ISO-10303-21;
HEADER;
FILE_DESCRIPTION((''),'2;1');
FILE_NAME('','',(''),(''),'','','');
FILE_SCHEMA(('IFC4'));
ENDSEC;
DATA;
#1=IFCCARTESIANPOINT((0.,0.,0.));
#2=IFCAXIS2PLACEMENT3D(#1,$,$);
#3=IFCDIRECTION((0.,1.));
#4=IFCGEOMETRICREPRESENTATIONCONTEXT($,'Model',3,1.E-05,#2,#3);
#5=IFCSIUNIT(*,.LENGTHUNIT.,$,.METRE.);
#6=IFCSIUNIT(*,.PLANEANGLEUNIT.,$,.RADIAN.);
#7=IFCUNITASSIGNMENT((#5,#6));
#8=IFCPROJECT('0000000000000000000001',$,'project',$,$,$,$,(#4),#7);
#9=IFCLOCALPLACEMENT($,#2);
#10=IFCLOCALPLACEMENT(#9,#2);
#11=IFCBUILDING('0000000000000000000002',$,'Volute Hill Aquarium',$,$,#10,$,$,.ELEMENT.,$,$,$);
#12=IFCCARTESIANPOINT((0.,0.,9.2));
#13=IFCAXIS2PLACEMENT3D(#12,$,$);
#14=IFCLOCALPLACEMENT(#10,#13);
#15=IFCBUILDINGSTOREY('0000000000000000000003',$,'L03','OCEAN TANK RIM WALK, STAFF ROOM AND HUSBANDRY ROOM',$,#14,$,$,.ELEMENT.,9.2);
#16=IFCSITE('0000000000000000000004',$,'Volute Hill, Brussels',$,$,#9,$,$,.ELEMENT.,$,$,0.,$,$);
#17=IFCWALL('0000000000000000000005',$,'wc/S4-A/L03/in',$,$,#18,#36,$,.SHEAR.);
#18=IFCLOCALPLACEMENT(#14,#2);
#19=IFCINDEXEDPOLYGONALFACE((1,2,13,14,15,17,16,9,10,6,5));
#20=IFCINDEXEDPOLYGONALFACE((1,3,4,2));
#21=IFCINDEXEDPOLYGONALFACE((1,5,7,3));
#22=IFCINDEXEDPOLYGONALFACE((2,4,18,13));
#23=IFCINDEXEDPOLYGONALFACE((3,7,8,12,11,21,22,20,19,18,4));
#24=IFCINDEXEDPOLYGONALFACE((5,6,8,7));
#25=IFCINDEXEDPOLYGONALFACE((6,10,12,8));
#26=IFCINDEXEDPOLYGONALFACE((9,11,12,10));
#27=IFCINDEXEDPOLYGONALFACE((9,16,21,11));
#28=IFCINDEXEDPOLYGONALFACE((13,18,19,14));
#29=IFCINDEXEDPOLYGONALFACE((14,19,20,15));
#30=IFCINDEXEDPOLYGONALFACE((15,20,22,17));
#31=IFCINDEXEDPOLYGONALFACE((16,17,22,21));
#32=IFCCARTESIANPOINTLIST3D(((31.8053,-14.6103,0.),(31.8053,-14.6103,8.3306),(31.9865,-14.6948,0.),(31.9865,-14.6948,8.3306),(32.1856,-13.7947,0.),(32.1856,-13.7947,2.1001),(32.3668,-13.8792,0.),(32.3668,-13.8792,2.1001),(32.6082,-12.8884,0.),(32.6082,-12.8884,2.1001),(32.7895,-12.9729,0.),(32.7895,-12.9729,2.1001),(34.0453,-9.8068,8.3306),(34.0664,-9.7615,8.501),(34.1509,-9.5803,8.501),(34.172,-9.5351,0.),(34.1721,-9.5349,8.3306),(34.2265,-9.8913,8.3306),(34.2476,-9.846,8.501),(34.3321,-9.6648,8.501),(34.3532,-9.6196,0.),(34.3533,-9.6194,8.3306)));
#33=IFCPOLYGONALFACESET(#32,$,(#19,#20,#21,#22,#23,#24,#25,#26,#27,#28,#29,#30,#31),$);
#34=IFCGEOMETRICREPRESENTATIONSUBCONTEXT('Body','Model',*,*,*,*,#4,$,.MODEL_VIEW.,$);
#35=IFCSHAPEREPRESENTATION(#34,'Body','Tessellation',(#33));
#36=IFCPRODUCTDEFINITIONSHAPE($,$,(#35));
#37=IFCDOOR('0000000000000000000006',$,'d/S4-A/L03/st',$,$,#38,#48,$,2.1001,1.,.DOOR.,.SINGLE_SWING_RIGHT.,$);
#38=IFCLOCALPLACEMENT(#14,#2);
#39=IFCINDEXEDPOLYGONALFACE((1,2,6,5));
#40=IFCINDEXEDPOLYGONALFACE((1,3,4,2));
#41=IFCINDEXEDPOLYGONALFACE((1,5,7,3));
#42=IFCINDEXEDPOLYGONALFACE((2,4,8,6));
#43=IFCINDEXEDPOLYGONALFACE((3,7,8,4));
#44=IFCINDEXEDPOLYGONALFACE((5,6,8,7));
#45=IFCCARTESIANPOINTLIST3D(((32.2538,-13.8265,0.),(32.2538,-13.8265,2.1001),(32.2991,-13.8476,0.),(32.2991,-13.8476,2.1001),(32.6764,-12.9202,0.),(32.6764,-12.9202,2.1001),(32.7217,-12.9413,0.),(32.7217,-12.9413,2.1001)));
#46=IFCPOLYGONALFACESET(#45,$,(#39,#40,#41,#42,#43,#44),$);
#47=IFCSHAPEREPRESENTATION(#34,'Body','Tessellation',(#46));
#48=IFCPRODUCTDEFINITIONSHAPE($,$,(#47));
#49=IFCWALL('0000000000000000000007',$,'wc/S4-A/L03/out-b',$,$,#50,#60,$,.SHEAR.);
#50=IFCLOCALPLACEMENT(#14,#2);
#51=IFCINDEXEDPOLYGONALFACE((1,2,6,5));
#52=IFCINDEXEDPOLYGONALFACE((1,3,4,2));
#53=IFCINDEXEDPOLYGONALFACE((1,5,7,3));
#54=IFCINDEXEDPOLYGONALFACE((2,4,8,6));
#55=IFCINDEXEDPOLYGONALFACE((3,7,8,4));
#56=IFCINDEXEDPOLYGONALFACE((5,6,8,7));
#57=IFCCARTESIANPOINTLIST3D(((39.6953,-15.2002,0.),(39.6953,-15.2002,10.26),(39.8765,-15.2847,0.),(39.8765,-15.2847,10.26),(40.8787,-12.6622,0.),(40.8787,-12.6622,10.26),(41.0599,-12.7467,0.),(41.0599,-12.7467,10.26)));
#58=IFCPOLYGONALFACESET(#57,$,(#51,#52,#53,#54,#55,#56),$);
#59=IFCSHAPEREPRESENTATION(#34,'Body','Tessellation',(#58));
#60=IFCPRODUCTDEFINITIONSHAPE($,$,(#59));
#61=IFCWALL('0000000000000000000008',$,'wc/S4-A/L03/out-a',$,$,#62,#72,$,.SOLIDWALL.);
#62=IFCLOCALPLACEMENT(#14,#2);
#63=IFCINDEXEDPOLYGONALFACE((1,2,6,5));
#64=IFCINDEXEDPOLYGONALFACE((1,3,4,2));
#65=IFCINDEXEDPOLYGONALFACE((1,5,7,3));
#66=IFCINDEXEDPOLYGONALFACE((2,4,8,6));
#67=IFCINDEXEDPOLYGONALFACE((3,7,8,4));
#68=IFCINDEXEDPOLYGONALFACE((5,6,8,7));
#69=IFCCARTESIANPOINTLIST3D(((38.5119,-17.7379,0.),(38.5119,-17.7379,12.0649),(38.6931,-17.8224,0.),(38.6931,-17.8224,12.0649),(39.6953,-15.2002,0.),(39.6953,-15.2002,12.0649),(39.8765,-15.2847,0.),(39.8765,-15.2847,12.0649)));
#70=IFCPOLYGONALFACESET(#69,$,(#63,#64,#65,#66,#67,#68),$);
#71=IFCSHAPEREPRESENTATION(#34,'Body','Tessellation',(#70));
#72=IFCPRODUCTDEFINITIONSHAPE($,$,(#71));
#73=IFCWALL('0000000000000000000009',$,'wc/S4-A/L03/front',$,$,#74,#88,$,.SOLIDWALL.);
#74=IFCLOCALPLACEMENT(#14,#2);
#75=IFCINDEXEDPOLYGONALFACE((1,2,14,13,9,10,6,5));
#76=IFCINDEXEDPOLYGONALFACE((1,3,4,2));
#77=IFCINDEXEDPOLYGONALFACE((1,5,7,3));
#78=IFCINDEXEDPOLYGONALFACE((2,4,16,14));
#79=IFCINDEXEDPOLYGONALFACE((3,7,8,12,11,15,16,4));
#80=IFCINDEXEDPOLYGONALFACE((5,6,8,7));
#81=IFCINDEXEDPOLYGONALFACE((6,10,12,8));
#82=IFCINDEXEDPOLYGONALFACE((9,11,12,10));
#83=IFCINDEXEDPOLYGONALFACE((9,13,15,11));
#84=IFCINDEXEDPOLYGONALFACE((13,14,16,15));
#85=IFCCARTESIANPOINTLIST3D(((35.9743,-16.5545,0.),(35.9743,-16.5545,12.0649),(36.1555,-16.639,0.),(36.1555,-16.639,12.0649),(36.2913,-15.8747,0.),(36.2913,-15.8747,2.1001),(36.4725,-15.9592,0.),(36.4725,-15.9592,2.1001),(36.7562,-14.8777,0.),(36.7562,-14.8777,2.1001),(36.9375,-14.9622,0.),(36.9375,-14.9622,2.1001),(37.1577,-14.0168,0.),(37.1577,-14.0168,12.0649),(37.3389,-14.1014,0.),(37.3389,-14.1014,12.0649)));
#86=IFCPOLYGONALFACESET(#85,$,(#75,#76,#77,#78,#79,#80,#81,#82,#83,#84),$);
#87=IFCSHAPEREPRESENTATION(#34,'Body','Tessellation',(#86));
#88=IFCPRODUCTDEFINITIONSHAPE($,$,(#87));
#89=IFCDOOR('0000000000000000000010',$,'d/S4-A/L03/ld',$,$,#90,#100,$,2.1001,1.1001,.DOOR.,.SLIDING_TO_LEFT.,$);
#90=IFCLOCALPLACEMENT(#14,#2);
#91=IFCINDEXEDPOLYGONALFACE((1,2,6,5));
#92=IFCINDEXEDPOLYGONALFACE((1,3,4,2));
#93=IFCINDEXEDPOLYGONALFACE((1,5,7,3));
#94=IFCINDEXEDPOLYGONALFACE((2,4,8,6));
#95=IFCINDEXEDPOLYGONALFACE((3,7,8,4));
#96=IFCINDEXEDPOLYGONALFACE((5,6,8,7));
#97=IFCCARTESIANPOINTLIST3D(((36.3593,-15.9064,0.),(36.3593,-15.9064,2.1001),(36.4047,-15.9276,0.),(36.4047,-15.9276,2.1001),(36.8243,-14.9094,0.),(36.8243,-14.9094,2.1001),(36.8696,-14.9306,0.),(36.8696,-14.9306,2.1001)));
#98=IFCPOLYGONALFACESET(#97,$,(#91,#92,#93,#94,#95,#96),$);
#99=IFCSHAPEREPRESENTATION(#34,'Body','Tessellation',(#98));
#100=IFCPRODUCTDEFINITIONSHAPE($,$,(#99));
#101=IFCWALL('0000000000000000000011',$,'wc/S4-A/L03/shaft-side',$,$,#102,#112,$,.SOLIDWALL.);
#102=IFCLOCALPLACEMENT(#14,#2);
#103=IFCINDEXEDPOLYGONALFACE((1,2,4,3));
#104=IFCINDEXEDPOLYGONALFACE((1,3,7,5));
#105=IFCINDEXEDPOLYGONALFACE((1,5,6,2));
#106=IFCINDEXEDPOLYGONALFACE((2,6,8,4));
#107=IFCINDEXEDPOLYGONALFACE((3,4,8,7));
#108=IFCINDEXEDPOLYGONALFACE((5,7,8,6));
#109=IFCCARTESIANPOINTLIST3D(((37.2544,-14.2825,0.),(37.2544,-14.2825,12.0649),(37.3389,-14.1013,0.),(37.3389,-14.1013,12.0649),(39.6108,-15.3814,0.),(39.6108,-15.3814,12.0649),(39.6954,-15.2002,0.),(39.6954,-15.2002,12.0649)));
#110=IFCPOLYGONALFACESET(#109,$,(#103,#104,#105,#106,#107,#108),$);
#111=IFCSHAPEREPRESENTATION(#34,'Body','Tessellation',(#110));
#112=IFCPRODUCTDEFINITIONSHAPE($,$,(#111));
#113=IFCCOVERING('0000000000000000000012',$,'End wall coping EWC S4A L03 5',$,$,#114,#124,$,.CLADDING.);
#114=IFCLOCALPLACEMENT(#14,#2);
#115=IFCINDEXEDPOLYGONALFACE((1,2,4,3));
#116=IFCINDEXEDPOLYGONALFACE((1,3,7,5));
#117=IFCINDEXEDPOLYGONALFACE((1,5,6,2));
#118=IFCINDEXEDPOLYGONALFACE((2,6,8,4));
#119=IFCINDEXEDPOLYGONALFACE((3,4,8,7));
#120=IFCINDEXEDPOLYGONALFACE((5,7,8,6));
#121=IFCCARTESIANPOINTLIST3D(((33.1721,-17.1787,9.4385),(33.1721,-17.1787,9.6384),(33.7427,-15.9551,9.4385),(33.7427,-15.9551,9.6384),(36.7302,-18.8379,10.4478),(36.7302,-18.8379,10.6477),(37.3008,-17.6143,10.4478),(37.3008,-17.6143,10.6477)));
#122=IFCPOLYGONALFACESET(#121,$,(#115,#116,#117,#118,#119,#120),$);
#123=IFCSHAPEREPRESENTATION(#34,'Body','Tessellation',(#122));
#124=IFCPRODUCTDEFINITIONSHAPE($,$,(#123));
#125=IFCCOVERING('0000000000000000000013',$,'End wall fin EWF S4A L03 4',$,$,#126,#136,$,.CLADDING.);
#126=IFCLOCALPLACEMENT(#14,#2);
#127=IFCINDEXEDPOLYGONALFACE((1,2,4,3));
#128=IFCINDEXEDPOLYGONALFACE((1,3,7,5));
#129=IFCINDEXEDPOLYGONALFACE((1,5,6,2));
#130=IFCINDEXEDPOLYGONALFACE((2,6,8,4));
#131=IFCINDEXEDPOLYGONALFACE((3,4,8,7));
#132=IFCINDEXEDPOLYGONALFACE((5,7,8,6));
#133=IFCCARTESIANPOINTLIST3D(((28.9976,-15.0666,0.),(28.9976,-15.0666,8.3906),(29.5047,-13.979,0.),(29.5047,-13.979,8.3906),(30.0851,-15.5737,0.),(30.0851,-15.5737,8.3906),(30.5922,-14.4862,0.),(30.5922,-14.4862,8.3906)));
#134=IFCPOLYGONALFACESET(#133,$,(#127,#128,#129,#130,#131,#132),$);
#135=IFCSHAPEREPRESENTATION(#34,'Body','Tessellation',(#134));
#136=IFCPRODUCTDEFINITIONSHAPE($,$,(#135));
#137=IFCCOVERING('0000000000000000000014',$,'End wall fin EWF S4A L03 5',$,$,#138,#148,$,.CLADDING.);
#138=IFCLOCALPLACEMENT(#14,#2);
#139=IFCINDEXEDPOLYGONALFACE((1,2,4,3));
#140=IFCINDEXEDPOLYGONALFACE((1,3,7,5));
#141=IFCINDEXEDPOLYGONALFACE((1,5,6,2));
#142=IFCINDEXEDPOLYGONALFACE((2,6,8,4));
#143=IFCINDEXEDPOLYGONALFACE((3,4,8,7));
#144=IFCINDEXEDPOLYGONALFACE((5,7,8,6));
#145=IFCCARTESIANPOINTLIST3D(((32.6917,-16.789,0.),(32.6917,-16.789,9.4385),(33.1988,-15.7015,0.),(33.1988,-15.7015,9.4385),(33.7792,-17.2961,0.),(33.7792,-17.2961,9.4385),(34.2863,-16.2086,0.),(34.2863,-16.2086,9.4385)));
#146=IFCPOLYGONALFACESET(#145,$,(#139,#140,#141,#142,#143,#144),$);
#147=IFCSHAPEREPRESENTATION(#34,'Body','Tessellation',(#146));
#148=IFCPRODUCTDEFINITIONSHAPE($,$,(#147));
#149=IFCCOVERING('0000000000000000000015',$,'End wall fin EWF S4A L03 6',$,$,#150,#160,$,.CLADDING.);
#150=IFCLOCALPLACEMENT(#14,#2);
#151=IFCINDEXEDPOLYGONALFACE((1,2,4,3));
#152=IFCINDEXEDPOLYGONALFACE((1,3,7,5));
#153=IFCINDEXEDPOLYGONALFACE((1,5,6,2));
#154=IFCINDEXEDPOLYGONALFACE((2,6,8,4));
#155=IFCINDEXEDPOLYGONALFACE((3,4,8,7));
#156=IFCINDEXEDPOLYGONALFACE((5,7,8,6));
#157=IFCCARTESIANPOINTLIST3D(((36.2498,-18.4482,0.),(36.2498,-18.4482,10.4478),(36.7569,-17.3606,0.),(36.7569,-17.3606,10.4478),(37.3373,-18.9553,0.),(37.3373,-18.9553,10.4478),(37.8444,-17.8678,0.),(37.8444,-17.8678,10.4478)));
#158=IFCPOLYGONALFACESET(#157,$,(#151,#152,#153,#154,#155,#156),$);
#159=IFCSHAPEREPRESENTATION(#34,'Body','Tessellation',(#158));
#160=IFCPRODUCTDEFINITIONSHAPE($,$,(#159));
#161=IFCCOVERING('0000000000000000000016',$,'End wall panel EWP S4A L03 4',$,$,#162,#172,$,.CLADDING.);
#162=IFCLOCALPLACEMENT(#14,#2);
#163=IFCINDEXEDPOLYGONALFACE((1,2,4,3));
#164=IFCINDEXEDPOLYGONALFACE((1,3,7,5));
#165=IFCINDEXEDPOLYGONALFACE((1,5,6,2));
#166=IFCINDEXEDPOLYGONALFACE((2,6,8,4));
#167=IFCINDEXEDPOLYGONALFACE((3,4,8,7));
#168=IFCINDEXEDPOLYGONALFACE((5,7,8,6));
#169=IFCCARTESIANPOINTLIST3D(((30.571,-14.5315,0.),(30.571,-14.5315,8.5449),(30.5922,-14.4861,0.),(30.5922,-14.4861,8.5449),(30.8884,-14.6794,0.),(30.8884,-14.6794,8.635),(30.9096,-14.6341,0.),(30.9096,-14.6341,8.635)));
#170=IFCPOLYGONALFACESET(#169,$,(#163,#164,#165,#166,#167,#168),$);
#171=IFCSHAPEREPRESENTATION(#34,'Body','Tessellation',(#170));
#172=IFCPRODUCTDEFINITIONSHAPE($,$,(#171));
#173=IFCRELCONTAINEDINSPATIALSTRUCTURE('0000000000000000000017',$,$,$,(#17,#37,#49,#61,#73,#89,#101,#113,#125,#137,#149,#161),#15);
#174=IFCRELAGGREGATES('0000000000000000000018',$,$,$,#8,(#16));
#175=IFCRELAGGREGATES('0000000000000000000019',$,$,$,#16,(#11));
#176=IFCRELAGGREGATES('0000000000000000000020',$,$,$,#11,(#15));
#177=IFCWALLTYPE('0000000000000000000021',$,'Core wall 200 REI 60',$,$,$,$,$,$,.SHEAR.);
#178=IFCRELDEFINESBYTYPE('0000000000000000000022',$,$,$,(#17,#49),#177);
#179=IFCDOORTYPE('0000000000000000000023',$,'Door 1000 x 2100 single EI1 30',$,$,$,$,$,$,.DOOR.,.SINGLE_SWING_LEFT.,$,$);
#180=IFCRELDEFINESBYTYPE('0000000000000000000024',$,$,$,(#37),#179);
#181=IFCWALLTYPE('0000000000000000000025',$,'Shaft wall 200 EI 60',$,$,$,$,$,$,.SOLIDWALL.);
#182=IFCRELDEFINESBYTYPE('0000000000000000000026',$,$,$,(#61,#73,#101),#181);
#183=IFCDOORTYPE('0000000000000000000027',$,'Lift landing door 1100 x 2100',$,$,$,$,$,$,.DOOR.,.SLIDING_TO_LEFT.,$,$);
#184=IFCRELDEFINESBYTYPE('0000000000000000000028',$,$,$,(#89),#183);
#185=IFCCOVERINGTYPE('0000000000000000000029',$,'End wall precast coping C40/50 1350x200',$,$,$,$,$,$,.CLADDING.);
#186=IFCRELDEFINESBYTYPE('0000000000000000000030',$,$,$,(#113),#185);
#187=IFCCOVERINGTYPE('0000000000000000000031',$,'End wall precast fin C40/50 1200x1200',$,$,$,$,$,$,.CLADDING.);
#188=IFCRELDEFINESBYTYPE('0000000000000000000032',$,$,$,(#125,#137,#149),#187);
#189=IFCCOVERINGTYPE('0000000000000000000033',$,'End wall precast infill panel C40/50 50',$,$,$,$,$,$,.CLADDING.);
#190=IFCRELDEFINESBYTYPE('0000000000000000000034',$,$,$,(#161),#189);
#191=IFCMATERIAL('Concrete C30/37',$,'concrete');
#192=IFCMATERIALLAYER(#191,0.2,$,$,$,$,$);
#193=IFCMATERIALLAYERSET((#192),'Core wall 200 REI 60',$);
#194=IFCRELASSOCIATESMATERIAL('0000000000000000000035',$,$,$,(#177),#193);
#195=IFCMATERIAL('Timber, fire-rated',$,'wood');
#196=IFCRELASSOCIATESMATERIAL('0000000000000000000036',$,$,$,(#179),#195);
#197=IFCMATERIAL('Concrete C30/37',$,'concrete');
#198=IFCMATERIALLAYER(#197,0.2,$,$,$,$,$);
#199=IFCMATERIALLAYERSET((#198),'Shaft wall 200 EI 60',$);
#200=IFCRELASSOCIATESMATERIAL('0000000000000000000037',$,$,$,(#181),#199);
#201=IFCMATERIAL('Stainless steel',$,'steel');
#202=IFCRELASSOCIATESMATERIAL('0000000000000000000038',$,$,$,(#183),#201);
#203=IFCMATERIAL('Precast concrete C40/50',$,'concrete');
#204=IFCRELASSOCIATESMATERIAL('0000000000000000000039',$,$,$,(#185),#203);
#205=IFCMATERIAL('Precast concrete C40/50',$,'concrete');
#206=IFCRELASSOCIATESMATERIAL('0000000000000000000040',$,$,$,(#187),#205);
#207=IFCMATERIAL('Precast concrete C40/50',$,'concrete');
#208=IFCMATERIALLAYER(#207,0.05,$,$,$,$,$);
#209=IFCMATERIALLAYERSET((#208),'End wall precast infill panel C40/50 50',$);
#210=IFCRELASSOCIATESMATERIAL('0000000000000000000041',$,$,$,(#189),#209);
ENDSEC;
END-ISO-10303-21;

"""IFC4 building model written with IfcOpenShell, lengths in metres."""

from ifc_helpers import new_model, si_unit, direction, frame, frame_2d, origin, origin_2d, place, context, subcontext, project, spatial, polyline, rectangle, outline, extrude, material, layer, layer_set, type_object, element, fill, save


model = new_model("IFC4")

# Units and contexts
model_context = context("Model", 3, precision=1e-05, world=origin(), true_north=direction((0.0, 1.0)))
body_context = subcontext(model_context, "Body", "Model", "MODEL_VIEW")
ifc_project = project(units=[si_unit("LENGTHUNIT", "METRE"), si_unit("PLANEANGLEUNIT", "RADIAN")], contexts=[model_context])

# Site, building, storey
site_placement = place(None, origin())
site = spatial("IfcSite", under=ifc_project, at=site_placement, Name="Volute Hill, Brussels", CompositionType="ELEMENT", RefElevation=0.0)
building_placement = place(site_placement, origin())
building = spatial("IfcBuilding", under=site, at=building_placement, Name="Volute Hill Aquarium", CompositionType="ELEMENT")
storey_placement = place(building_placement, frame((0.0, 0.0, 9.2)))
storey = spatial("IfcBuildingStorey", under=building, at=storey_placement, Name="L03", Description="OCEAN TANK RIM WALK, STAFF ROOM AND HUSBANDRY ROOM", CompositionType="ELEMENT", Elevation=9.2)

# Wall, opening, door
ifc_material_1 = material(Name="Concrete C30/37", Category="concrete")
ifc_layer_1 = layer(ifc_material_1, 0.2)
ifc_layer_set_1 = layer_set([ifc_layer_1], Name="Core wall 200 REI 60")
wall_type_1 = type_object("IfcWallType", Name="Core wall 200 REI 60", PredefinedType="SHEAR", material=ifc_layer_set_1)
wall_1_placement = place(storey_placement, frame((31.896, -14.6526, 0.0), z_axis=(0.0, 0.0, 1.0), x_axis=(0.422632, 0.906301, 0.0)))
wall_1 = element("IfcWall", 1, at=wall_1_placement, inside=storey, type_object=wall_type_1, Name="wc/S4-A/L03/in", PredefinedType="SHEAR", context=body_context, shape_type="SweptSolid", body=[
    extrude(outline(polyline([(0.0, 0.0), (5.5999, 0.0), (5.6001, 8.3306), (5.55, 8.501), (5.3501, 8.501), (5.3, 8.3306), (0.0, 8.3306), (0.0, 0.0)])), frame((0.0, 0.1001, 0.0), z_axis=(0.0, -1.0, 0.0), x_axis=(1.0, 0.0, 0.0)), (0.0, 0.0, 1.0), 0.2),
])
opening_1_placement = place(wall_1_placement, frame((0.8999, 0.0, 0.0)))
opening_1 = element("IfcOpeningElement", 2, at=opening_1_placement, cuts=wall_1, PredefinedType="OPENING", context=body_context, shape_type="SweptSolid", body=[
    extrude(rectangle(XDim=1.0, YDim=2.1001, at=frame_2d((0.5, 1.05))), frame((0.0, 0.1099, 0.0), z_axis=(0.0, -1.0, 0.0), x_axis=(1.0, 0.0, 0.0)), (0.0, 0.0, 1.0), 0.22),
])
ifc_material_2 = material(Name="Timber, fire-rated", Category="wood")
door_type_1 = type_object("IfcDoorType", Name="Door 1000 x 2100 single EI1 30", OperationType="SINGLE_SWING_LEFT", PredefinedType="DOOR", material=ifc_material_2)
door_1_placement = place(opening_1_placement, origin())
door_1 = element("IfcDoor", 3, at=door_1_placement, inside=storey, type_object=door_type_1, Name="d/S4-A/L03/st", OperationType="SINGLE_SWING_RIGHT", OverallHeight=2.1001, OverallWidth=1.0, PredefinedType="DOOR", context=body_context, shape_type="SweptSolid", body=[
    extrude(rectangle(XDim=1.0, YDim=2.1001, at=frame_2d((0.5, 1.05))), frame((0.0, 0.0249, 0.0), z_axis=(0.0, -1.0, 0.0), x_axis=(1.0, 0.0, 0.0)), (0.0, 0.0, 1.0), 0.05),
])
fill(opening_1, door_1)

# Walls
wall_2_placement = place(storey_placement, frame((39.7859, -15.2424, 0.0), z_axis=(0.0, 0.0, 1.0), x_axis=(0.422599, 0.906317, 0.0)))
element("IfcWall", 4, at=wall_2_placement, inside=storey, type_object=wall_type_1, Name="wc/S4-A/L03/out-b", PredefinedType="SHEAR", context=body_context, shape_type="SweptSolid", body=[
    extrude(rectangle(XDim=2.8003, YDim=0.2, at=frame_2d((1.4001, 0.0))), origin(), (0.0, 0.0, 1.0), 10.26),
])
ifc_material_3 = material(Name="Concrete C30/37", Category="concrete")
ifc_layer_2 = layer(ifc_material_3, 0.2)
ifc_layer_set_2 = layer_set([ifc_layer_2], Name="Shaft wall 200 EI 60")
wall_type_2 = type_object("IfcWallType", Name="Shaft wall 200 EI 60", PredefinedType="SOLIDWALL", material=ifc_layer_set_2)
wall_3_placement = place(storey_placement, frame((38.6025, -17.78, 0.0), z_axis=(0.0, 0.0, 1.0), x_axis=(0.422632, 0.906301, 0.0)))
element("IfcWall", 5, at=wall_3_placement, inside=storey, type_object=wall_type_2, Name="wc/S4-A/L03/out-a", PredefinedType="SOLIDWALL", context=body_context, shape_type="SweptSolid", body=[
    extrude(rectangle(XDim=2.8, YDim=0.2, at=frame_2d((1.3999, 0.0))), origin(), (0.0, 0.0, 1.0), 12.0649),
])

# Wall, opening, door
wall_4_placement = place(storey_placement, frame((36.0649, -16.5967, 0.0), z_axis=(0.0, 0.0, 1.0), x_axis=(0.422632, 0.906301, 0.0)))
wall_4 = element("IfcWall", 6, at=wall_4_placement, inside=storey, type_object=wall_type_2, Name="wc/S4-A/L03/front", PredefinedType="SOLIDWALL", context=body_context, shape_type="SweptSolid", body=[
    extrude(rectangle(XDim=2.8, YDim=0.2, at=frame_2d((1.3999, 0.0))), origin(), (0.0, 0.0, 1.0), 12.0649),
])
opening_2_placement = place(wall_4_placement, frame((0.75, 0.0, 0.0)))
opening_2 = element("IfcOpeningElement", 7, at=opening_2_placement, cuts=wall_4, PredefinedType="OPENING", context=body_context, shape_type="SweptSolid", body=[
    extrude(rectangle(XDim=1.1001, YDim=2.1001, at=frame_2d((0.55, 1.05))), frame((0.0, 0.1099, 0.0), z_axis=(0.0, -1.0, 0.0), x_axis=(1.0, 0.0, 0.0)), (0.0, 0.0, 1.0), 0.22),
])
ifc_material_4 = material(Name="Stainless steel", Category="steel")
door_type_2 = type_object("IfcDoorType", Name="Lift landing door 1100 x 2100", OperationType="SLIDING_TO_LEFT", PredefinedType="DOOR", material=ifc_material_4)
door_2_placement = place(opening_2_placement, origin())
door_2 = element("IfcDoor", 8, at=door_2_placement, inside=storey, type_object=door_type_2, Name="d/S4-A/L03/ld", OperationType="SLIDING_TO_LEFT", OverallHeight=2.1001, OverallWidth=1.1001, PredefinedType="DOOR", context=body_context, shape_type="SweptSolid", body=[
    extrude(rectangle(XDim=1.1001, YDim=2.1001, at=frame_2d((0.55, 1.05))), frame((0.0, 0.0249, 0.0), z_axis=(0.0, -1.0, 0.0), x_axis=(1.0, 0.0, 0.0)), (0.0, 0.0, 1.0), 0.05),
])
fill(opening_2, door_2)

# Wall
wall_5_placement = place(storey_placement, frame((37.2966, -14.1919, 0.0), z_axis=(0.0, 0.0, 1.0), x_axis=(0.906301, -0.422634, 0.0)))
element("IfcWall", 9, at=wall_5_placement, inside=storey, type_object=wall_type_2, Name="wc/S4-A/L03/shaft-side", PredefinedType="SOLIDWALL", context=body_context, shape_type="SweptSolid", body=[
    extrude(rectangle(XDim=2.6001, YDim=0.2, at=frame_2d((1.3, 0.0))), origin(), (0.0, 0.0, 1.0), 12.0649),
])

# Coverings
ifc_material_5 = material(Name="Precast concrete C40/50", Category="concrete")
covering_type_1 = type_object("IfcCoveringType", Name="End wall precast coping C40/50 1350x200", PredefinedType="CLADDING", material=ifc_material_5)
covering_1_placement = place(storey_placement, frame((33.1721, -17.1787, 9.4385), z_axis=(-0.42262, -0.906307, 0.0), x_axis=(0.877765, -0.409311, 0.248983)))
element("IfcCovering", 10, at=covering_1_placement, inside=storey, type_object=covering_type_1, Name="End wall coping EWC S4A L03 5", PredefinedType="CLADDING", context=body_context, shape_type="SweptSolid", body=[
    extrude(outline(polyline([(0.0, 0.0), (4.0536, 0.0), (4.1034, 0.1937), (0.0498, 0.1937), (0.0, 0.0)])), origin(), (0.0, 0.0, -1.0), 1.3501),
])
ifc_material_6 = material(Name="Precast concrete C40/50", Category="concrete")
covering_type_2 = type_object("IfcCoveringType", Name="End wall precast fin C40/50 1200x1200", PredefinedType="CLADDING", material=ifc_material_6)
covering_2_placement = place(storey_placement, frame((29.7949, -14.7764, 0.0), z_axis=(0.0, 0.0, 1.0), x_axis=(0.906307, -0.42262, 0.0)))
element("IfcCovering", 11, at=covering_2_placement, inside=storey, type_object=covering_type_2, Name="End wall fin EWF S4A L03 4", PredefinedType="CLADDING", context=body_context, shape_type="SweptSolid", body=[
    extrude(rectangle(XDim=1.2, YDim=1.2, at=origin_2d()), origin(), (0.0, 0.0, 1.0), 8.3906),
])
covering_3_placement = place(storey_placement, frame((33.489, -16.4988, 0.0), z_axis=(0.0, 0.0, 1.0), x_axis=(0.906307, -0.42262, 0.0)))
element("IfcCovering", 12, at=covering_3_placement, inside=storey, type_object=covering_type_2, Name="End wall fin EWF S4A L03 5", PredefinedType="CLADDING", context=body_context, shape_type="SweptSolid", body=[
    extrude(rectangle(XDim=1.2, YDim=1.2, at=origin_2d()), origin(), (0.0, 0.0, 1.0), 9.4385),
])
covering_4_placement = place(storey_placement, frame((37.0471, -18.158, 0.0), z_axis=(0.0, 0.0, 1.0), x_axis=(0.906307, -0.42262, 0.0)))
element("IfcCovering", 13, at=covering_4_placement, inside=storey, type_object=covering_type_2, Name="End wall fin EWF S4A L03 6", PredefinedType="CLADDING", context=body_context, shape_type="SweptSolid", body=[
    extrude(rectangle(XDim=1.2, YDim=1.2, at=origin_2d()), origin(), (0.0, 0.0, 1.0), 10.4478),
])
ifc_material_7 = material(Name="Precast concrete C40/50", Category="concrete")
ifc_layer_3 = layer(ifc_material_7, 0.05)
ifc_layer_set_3 = layer_set([ifc_layer_3], Name="End wall precast infill panel C40/50 50")
covering_type_3 = type_object("IfcCoveringType", Name="End wall precast infill panel C40/50 50", PredefinedType="CLADDING", material=ifc_layer_set_3)
covering_5_placement = place(storey_placement, frame((30.571, -14.5315, 0.0), z_axis=(-0.422504, -0.906361, 0.0), x_axis=(0.906361, -0.422504, 0.0)))
element("IfcCovering", 14, at=covering_5_placement, inside=storey, type_object=covering_type_3, Name="End wall panel EWP S4A L03 4", PredefinedType="CLADDING", context=body_context, shape_type="SweptSolid", body=[
    extrude(outline(polyline([(0.0, 0.0), (0.3502, 0.0), (0.3502, 8.635), (0.0, 8.5449), (0.0, 0.0)])), origin(), (0.0, 0.0, -1.0), 0.05),
])

save(model, "model.ifc")
